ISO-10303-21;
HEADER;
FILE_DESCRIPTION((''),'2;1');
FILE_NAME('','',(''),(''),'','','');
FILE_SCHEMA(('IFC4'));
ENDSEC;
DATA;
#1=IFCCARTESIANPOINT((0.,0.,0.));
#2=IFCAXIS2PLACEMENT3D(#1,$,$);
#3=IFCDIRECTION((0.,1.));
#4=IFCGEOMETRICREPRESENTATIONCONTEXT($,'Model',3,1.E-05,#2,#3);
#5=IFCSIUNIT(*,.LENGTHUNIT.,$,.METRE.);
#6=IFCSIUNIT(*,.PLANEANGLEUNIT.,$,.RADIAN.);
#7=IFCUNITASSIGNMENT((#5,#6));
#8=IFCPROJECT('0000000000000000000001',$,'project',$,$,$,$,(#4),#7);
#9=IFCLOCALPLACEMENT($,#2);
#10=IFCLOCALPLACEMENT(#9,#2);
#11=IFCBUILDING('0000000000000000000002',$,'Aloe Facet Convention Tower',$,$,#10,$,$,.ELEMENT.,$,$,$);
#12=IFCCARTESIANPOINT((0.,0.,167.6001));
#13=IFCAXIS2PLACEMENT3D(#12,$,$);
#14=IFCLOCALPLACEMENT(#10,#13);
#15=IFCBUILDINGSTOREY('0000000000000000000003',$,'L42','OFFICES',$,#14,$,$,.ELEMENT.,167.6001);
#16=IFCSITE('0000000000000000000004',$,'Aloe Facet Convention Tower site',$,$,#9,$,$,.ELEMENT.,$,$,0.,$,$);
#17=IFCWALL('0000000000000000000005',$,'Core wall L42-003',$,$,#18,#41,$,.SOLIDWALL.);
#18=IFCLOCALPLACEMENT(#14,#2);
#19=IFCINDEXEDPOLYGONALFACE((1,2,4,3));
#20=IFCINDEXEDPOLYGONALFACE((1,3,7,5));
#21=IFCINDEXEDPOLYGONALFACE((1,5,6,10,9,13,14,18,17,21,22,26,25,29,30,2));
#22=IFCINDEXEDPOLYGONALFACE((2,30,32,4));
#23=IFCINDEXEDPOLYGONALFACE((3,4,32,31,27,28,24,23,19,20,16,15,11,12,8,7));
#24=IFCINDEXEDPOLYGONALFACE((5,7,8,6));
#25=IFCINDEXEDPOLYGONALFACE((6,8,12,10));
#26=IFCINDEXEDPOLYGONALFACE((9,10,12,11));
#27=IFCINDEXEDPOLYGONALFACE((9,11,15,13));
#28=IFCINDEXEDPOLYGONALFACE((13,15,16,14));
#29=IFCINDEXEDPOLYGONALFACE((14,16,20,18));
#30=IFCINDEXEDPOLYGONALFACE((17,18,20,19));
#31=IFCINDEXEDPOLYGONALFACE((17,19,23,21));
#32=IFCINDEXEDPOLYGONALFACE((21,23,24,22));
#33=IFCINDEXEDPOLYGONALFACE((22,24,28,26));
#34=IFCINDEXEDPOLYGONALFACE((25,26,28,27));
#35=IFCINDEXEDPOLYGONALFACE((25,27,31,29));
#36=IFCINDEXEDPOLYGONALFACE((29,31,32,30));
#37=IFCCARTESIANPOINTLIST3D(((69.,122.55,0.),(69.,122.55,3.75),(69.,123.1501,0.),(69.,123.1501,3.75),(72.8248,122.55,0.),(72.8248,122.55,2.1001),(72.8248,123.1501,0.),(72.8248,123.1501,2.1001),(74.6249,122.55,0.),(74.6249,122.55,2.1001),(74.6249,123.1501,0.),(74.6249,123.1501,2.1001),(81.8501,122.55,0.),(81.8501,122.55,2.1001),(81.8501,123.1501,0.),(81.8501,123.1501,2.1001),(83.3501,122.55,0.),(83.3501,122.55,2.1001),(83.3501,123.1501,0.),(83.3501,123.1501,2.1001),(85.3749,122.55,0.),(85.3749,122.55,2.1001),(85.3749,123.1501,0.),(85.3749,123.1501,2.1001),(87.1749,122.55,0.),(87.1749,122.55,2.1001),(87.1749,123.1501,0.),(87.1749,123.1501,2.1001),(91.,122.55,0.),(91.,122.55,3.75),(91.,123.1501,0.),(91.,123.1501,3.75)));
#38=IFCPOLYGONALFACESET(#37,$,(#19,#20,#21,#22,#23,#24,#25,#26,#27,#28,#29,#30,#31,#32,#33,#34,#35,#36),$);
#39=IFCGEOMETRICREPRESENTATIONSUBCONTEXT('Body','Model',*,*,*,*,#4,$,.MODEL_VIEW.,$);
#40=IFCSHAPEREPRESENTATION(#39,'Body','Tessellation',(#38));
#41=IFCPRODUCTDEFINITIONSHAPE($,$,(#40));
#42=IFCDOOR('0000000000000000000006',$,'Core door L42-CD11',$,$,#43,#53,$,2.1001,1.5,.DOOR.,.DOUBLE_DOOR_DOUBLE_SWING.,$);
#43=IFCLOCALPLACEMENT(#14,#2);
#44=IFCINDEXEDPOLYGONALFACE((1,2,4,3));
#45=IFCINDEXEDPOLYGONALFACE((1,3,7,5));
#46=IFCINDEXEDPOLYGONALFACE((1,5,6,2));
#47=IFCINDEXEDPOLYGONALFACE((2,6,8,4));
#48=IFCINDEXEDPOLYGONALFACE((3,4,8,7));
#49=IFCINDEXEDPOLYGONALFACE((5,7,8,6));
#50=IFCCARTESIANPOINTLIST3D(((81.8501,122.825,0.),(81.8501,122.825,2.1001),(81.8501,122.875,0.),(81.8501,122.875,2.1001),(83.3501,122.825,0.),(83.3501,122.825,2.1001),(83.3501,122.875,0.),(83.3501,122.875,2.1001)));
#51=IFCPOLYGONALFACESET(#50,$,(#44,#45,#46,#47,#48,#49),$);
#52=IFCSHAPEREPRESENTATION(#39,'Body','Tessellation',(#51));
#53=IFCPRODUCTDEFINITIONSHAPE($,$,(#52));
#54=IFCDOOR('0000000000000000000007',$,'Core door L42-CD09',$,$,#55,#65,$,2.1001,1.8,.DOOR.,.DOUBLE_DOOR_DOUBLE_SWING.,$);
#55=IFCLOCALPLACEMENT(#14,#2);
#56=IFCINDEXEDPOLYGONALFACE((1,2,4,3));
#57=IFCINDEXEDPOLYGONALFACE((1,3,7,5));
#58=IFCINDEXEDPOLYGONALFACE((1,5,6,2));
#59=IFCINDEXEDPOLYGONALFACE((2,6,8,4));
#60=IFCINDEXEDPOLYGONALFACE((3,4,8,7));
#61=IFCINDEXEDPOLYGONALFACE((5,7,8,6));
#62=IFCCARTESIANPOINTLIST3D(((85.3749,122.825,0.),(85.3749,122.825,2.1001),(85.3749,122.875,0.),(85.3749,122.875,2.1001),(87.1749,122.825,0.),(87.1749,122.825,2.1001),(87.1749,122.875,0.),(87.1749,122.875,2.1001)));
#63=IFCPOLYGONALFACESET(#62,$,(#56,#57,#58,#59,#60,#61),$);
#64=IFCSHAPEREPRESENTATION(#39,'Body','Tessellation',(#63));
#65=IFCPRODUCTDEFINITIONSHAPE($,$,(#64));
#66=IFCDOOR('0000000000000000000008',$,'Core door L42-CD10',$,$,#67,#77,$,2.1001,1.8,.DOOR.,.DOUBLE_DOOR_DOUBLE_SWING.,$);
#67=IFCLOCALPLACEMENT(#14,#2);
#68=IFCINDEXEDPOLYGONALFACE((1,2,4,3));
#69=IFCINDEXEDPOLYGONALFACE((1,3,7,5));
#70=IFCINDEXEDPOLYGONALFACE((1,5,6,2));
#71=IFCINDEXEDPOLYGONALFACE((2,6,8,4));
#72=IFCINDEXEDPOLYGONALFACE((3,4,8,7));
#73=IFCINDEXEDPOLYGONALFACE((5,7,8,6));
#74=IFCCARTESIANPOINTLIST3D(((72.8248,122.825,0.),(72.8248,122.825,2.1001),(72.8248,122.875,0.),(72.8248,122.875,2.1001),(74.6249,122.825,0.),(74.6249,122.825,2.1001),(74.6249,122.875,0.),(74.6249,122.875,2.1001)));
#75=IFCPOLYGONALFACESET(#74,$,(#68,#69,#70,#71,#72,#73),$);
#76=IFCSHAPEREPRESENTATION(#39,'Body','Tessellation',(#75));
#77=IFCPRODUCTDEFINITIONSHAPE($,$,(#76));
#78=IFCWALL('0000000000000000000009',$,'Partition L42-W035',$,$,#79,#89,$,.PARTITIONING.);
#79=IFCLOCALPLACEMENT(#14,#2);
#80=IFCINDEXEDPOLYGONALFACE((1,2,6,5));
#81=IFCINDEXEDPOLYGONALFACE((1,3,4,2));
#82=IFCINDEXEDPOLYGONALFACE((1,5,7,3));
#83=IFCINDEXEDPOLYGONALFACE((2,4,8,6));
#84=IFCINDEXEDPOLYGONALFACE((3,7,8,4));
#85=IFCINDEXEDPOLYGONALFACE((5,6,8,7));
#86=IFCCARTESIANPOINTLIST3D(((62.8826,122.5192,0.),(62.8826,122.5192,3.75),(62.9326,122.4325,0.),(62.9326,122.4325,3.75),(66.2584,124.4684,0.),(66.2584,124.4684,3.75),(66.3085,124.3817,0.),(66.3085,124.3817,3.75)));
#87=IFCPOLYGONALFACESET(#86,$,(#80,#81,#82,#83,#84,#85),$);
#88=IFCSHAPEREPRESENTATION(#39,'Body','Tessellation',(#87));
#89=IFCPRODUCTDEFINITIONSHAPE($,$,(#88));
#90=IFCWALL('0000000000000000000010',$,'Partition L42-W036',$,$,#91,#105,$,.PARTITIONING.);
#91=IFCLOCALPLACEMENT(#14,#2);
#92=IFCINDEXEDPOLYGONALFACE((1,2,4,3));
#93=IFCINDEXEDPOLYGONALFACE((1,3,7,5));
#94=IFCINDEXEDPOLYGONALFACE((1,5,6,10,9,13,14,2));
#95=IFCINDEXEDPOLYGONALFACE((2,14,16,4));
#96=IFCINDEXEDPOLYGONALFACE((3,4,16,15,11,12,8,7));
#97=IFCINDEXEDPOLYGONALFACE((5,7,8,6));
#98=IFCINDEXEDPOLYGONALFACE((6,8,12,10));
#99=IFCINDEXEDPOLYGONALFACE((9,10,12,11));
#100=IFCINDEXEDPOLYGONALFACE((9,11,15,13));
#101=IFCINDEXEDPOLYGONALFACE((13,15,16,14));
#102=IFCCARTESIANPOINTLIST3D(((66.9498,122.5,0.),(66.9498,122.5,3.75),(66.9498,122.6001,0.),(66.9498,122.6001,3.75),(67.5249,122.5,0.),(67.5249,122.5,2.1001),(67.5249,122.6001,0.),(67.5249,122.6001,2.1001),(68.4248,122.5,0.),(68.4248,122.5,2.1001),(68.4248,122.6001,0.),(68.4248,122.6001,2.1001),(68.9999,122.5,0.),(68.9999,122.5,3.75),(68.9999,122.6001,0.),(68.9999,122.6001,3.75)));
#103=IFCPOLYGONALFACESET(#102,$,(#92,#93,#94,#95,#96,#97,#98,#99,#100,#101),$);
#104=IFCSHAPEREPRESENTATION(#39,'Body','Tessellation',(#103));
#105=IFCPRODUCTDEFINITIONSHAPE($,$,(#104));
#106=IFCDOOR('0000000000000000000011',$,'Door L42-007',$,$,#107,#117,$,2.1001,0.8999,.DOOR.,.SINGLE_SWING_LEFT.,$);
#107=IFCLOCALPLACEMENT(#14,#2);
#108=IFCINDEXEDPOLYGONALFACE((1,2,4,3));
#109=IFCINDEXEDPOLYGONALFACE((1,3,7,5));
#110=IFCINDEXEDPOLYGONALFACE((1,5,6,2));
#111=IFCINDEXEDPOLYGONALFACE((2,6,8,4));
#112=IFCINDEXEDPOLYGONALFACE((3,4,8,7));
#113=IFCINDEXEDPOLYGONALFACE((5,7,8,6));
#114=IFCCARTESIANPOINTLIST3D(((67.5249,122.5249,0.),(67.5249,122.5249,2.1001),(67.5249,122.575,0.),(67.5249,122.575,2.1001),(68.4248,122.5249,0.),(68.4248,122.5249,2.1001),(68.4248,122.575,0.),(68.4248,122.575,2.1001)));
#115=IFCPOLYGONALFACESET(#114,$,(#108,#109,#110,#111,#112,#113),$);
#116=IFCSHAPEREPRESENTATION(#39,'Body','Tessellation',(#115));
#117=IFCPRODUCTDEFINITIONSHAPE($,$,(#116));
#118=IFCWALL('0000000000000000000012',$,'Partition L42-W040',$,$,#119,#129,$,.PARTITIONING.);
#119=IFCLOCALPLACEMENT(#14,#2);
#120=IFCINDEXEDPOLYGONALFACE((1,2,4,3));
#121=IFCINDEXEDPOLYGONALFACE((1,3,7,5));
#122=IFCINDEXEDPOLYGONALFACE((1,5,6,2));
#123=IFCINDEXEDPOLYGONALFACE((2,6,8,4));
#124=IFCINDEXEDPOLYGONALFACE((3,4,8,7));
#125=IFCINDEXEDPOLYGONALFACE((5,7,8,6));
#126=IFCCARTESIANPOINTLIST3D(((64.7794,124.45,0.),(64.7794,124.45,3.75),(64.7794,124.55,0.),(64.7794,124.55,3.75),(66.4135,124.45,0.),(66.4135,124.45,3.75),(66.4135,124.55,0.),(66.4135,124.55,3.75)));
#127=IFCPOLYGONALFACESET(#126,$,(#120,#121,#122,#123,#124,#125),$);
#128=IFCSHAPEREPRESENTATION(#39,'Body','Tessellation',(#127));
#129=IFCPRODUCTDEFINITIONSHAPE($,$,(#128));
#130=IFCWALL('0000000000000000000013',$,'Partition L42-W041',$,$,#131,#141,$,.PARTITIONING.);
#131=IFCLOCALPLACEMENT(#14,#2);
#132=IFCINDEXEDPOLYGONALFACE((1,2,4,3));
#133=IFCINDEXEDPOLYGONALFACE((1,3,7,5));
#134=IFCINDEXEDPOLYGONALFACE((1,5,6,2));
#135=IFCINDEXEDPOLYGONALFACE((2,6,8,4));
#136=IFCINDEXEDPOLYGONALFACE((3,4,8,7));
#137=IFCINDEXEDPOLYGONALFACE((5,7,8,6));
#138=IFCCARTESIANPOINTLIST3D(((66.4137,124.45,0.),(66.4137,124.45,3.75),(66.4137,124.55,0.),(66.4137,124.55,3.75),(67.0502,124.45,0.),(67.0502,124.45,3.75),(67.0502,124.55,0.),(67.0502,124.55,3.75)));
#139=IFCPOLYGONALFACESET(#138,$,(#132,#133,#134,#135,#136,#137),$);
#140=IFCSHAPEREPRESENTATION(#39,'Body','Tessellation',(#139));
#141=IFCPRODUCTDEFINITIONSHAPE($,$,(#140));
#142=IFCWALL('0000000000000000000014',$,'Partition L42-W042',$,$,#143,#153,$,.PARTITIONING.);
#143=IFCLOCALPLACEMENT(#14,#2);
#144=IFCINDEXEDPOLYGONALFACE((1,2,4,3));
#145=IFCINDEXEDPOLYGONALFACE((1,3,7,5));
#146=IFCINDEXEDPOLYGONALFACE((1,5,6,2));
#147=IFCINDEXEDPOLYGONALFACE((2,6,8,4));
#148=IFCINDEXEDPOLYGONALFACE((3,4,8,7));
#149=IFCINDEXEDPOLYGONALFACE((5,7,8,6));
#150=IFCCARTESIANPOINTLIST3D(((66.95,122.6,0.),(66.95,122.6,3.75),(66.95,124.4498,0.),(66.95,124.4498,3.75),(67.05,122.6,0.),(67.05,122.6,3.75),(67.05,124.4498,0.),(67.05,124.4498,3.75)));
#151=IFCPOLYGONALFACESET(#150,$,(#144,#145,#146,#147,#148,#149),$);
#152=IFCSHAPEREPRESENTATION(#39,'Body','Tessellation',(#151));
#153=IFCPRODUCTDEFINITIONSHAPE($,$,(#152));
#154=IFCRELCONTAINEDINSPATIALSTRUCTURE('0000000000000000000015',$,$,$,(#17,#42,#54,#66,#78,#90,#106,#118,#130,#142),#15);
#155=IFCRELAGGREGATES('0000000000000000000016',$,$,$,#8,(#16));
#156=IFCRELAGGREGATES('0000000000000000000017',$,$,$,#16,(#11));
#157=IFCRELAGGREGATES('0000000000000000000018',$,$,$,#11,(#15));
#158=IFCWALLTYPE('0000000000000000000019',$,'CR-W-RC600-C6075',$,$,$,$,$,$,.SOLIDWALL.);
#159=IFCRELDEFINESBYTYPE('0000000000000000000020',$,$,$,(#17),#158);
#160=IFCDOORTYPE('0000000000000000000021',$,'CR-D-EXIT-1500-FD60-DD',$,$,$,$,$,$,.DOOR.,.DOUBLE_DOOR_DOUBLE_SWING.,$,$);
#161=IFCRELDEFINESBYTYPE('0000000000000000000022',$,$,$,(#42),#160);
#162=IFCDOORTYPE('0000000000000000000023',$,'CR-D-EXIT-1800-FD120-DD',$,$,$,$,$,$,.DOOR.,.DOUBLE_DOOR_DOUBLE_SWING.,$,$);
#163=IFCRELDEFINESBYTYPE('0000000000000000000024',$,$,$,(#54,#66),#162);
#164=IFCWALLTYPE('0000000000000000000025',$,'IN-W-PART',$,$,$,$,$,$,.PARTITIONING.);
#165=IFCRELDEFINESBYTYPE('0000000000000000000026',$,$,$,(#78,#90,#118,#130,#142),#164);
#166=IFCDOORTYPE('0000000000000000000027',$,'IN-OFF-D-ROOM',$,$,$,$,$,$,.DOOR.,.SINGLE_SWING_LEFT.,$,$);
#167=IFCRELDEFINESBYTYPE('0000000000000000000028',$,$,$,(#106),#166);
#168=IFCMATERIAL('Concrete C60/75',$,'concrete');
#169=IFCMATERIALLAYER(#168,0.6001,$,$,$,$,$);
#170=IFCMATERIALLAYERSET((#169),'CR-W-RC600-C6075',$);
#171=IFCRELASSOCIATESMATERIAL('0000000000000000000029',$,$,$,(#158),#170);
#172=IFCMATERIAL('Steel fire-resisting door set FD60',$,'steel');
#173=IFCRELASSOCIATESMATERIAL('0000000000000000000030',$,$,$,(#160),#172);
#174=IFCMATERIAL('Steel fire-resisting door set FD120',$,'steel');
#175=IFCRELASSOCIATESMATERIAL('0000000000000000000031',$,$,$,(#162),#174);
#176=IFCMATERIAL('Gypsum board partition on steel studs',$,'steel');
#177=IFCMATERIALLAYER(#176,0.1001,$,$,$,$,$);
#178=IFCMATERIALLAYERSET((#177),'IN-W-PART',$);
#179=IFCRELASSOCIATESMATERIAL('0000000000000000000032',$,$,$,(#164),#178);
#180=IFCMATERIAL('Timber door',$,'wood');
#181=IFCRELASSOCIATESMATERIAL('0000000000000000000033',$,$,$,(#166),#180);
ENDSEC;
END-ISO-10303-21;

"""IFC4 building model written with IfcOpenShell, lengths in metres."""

from ifc_helpers import new_model, si_unit, direction, frame, frame_2d, origin, place, context, subcontext, project, spatial, rectangle, extrude, material, layer, layer_set, type_object, element, fill, save


model = new_model("IFC4")

# Units and contexts
model_context = context("Model", 3, precision=1e-05, world=origin(), true_north=direction((0.0, 1.0)))
body_context = subcontext(model_context, "Body", "Model", "MODEL_VIEW")
ifc_project = project(units=[si_unit("LENGTHUNIT", "METRE"), si_unit("PLANEANGLEUNIT", "RADIAN")], contexts=[model_context])

# Site, building, storey
site_placement = place(None, origin())
site = spatial("IfcSite", under=ifc_project, at=site_placement, Name="Aloe Facet Convention Tower site", CompositionType="ELEMENT", RefElevation=0.0)
building_placement = place(site_placement, origin())
building = spatial("IfcBuilding", under=site, at=building_placement, Name="Aloe Facet Convention Tower", CompositionType="ELEMENT")
storey_placement = place(building_placement, frame((0.0, 0.0, 167.6001)))
storey = spatial("IfcBuildingStorey", under=building, at=storey_placement, Name="L42", Description="OFFICES", CompositionType="ELEMENT", Elevation=167.6001)

# Wall, openings, doors
ifc_material_1 = material(Name="Concrete C60/75", Category="concrete")
ifc_layer_1 = layer(ifc_material_1, 0.6001)
ifc_layer_set_1 = layer_set([ifc_layer_1], Name="CR-W-RC600-C6075")
wall_type_1 = type_object("IfcWallType", Name="CR-W-RC600-C6075", PredefinedType="SOLIDWALL", material=ifc_layer_set_1)
wall_1_placement = place(storey_placement, frame((69.0, 122.8501, 0.0), z_axis=(0.0, 0.0, 1.0), x_axis=(1.0, 0.0, 0.0)))
wall_1 = element("IfcWall", 1, at=wall_1_placement, inside=storey, type_object=wall_type_1, Name="Core wall L42-003", PredefinedType="SOLIDWALL", context=body_context, shape_type="SweptSolid", body=[
    extrude(rectangle(XDim=22.0, YDim=0.6001, at=frame_2d((11.0, 0.0))), origin(), (0.0, 0.0, 1.0), 3.75),
])
opening_1_placement = place(wall_1_placement, frame((16.375, 0.0, 0.0)))
opening_1 = element("IfcOpeningElement", 2, at=opening_1_placement, cuts=wall_1, PredefinedType="OPENING", context=body_context, shape_type="SweptSolid", body=[
    extrude(rectangle(XDim=1.8, YDim=2.1001, at=frame_2d((0.8999, 1.05))), frame((0.0, 0.3101, 0.0), z_axis=(0.0, -1.0, 0.0), x_axis=(1.0, 0.0, 0.0)), (0.0, 0.0, 1.0), 0.6201),
])
opening_2_placement = place(wall_1_placement, frame((3.825, 0.0, 0.0)))
opening_2 = element("IfcOpeningElement", 3, at=opening_2_placement, cuts=wall_1, PredefinedType="OPENING", context=body_context, shape_type="SweptSolid", body=[
    extrude(rectangle(XDim=1.8, YDim=2.1001, at=frame_2d((0.8999, 1.05))), frame((0.0, 0.3101, 0.0), z_axis=(0.0, -1.0, 0.0), x_axis=(1.0, 0.0, 0.0)), (0.0, 0.0, 1.0), 0.6201),
])
opening_3_placement = place(wall_1_placement, frame((12.8501, 0.0, 0.0)))
opening_3 = element("IfcOpeningElement", 4, at=opening_3_placement, cuts=wall_1, PredefinedType="OPENING", context=body_context, shape_type="SweptSolid", body=[
    extrude(rectangle(XDim=1.5, YDim=2.1001, at=frame_2d((0.75, 1.05))), frame((0.0, 0.3101, 0.0), z_axis=(0.0, -1.0, 0.0), x_axis=(1.0, 0.0, 0.0)), (0.0, 0.0, 1.0), 0.6201),
])
ifc_material_2 = material(Name="Steel fire-resisting door set FD60", Category="steel")
door_type_1 = type_object("IfcDoorType", Name="CR-D-EXIT-1500-FD60-DD", OperationType="DOUBLE_DOOR_DOUBLE_SWING", PredefinedType="DOOR", material=ifc_material_2)
door_1_placement = place(opening_3_placement, origin())
door_1 = element("IfcDoor", 5, at=door_1_placement, inside=storey, type_object=door_type_1, Name="Core door L42-CD11", OperationType="DOUBLE_DOOR_DOUBLE_SWING", OverallHeight=2.1001, OverallWidth=1.5, PredefinedType="DOOR", context=body_context, shape_type="SweptSolid", body=[
    extrude(rectangle(XDim=1.5, YDim=2.1001, at=frame_2d((0.75, 1.05))), frame((0.0, 0.0249, 0.0), z_axis=(0.0, -1.0, 0.0), x_axis=(1.0, 0.0, 0.0)), (0.0, 0.0, 1.0), 0.05),
])
fill(opening_3, door_1)
ifc_material_3 = material(Name="Steel fire-resisting door set FD120", Category="steel")
door_type_2 = type_object("IfcDoorType", Name="CR-D-EXIT-1800-FD120-DD", OperationType="DOUBLE_DOOR_DOUBLE_SWING", PredefinedType="DOOR", material=ifc_material_3)
door_2_placement = place(opening_1_placement, origin())
door_2 = element("IfcDoor", 6, at=door_2_placement, inside=storey, type_object=door_type_2, Name="Core door L42-CD09", OperationType="DOUBLE_DOOR_DOUBLE_SWING", OverallHeight=2.1001, OverallWidth=1.8, PredefinedType="DOOR", context=body_context, shape_type="SweptSolid", body=[
    extrude(rectangle(XDim=1.8, YDim=2.1001, at=frame_2d((0.8999, 1.05))), frame((0.0, 0.0249, 0.0), z_axis=(0.0, -1.0, 0.0), x_axis=(1.0, 0.0, 0.0)), (0.0, 0.0, 1.0), 0.05),
])
fill(opening_1, door_2)
door_3_placement = place(opening_2_placement, origin())
door_3 = element("IfcDoor", 7, at=door_3_placement, inside=storey, type_object=door_type_2, Name="Core door L42-CD10", OperationType="DOUBLE_DOOR_DOUBLE_SWING", OverallHeight=2.1001, OverallWidth=1.8, PredefinedType="DOOR", context=body_context, shape_type="SweptSolid", body=[
    extrude(rectangle(XDim=1.8, YDim=2.1001, at=frame_2d((0.8999, 1.05))), frame((0.0, 0.0249, 0.0), z_axis=(0.0, -1.0, 0.0), x_axis=(1.0, 0.0, 0.0)), (0.0, 0.0, 1.0), 0.05),
])
fill(opening_2, door_3)

# Wall
ifc_material_4 = material(Name="Gypsum board partition on steel studs", Category="steel")
ifc_layer_2 = layer(ifc_material_4, 0.1001)
ifc_layer_set_2 = layer_set([ifc_layer_2], Name="IN-W-PART")
wall_type_2 = type_object("IfcWallType", Name="IN-W-PART", PredefinedType="PARTITIONING", material=ifc_layer_set_2)
wall_2_placement = place(storey_placement, frame((62.9075, 122.4758, 0.0), z_axis=(0.0, 0.0, 1.0), x_axis=(0.866015, 0.500019, 0.0)))
element("IfcWall", 8, at=wall_2_placement, inside=storey, type_object=wall_type_2, Name="Partition L42-W035", PredefinedType="PARTITIONING", context=body_context, shape_type="SweptSolid", body=[
    extrude(rectangle(XDim=3.8982, YDim=0.1001, at=frame_2d((1.9492, 0.0))), origin(), (0.0, 0.0, 1.0), 3.75),
])

# Wall, opening, door
wall_3_placement = place(storey_placement, frame((66.95, 122.55, 0.0), z_axis=(0.0, 0.0, 1.0), x_axis=(1.0, 0.0, 0.0)))
wall_3 = element("IfcWall", 9, at=wall_3_placement, inside=storey, type_object=wall_type_2, Name="Partition L42-W036", PredefinedType="PARTITIONING", context=body_context, shape_type="SweptSolid", body=[
    extrude(rectangle(XDim=2.05, YDim=0.1001, at=frame_2d((1.0249, 0.0))), origin(), (0.0, 0.0, 1.0), 3.75),
])
opening_4_placement = place(wall_3_placement, frame((0.575, 0.0, 0.0)))
opening_4 = element("IfcOpeningElement", 10, at=opening_4_placement, cuts=wall_3, PredefinedType="OPENING", context=body_context, shape_type="SweptSolid", body=[
    extrude(rectangle(XDim=0.8999, YDim=2.1001, at=frame_2d((0.45, 1.05))), frame((0.0, 0.0601, 0.0), z_axis=(0.0, -1.0, 0.0), x_axis=(1.0, 0.0, 0.0)), (0.0, 0.0, 1.0), 0.1201),
])
ifc_material_5 = material(Name="Timber door", Category="wood")
door_type_3 = type_object("IfcDoorType", Name="IN-OFF-D-ROOM", OperationType="SINGLE_SWING_LEFT", PredefinedType="DOOR", material=ifc_material_5)
door_4_placement = place(opening_4_placement, origin())
door_4 = element("IfcDoor", 11, at=door_4_placement, inside=storey, type_object=door_type_3, Name="Door L42-007", OperationType="SINGLE_SWING_LEFT", OverallHeight=2.1001, OverallWidth=0.8999, PredefinedType="DOOR", context=body_context, shape_type="SweptSolid", body=[
    extrude(rectangle(XDim=0.8999, YDim=2.1001, at=frame_2d((0.45, 1.05))), frame((0.0, 0.0249, 0.0), z_axis=(0.0, -1.0, 0.0), x_axis=(1.0, 0.0, 0.0)), (0.0, 0.0, 1.0), 0.05),
])
fill(opening_4, door_4)

# Walls
wall_4_placement = place(storey_placement, frame((64.7795, 124.5, 0.0), z_axis=(0.0, 0.0, 1.0), x_axis=(1.0, 0.0, 0.0)))
element("IfcWall", 12, at=wall_4_placement, inside=storey, type_object=wall_type_2, Name="Partition L42-W040", PredefinedType="PARTITIONING", context=body_context, shape_type="SweptSolid", body=[
    extrude(rectangle(XDim=1.634, YDim=0.1001, at=frame_2d((0.8169, 0.0))), origin(), (0.0, 0.0, 1.0), 3.75),
])
wall_5_placement = place(storey_placement, frame((66.4136, 124.5, 0.0), z_axis=(0.0, 0.0, 1.0), x_axis=(1.0, 0.0, 0.0)))
element("IfcWall", 13, at=wall_5_placement, inside=storey, type_object=wall_type_2, Name="Partition L42-W041", PredefinedType="PARTITIONING", context=body_context, shape_type="SweptSolid", body=[
    extrude(rectangle(XDim=0.6365, YDim=0.1001, at=frame_2d((0.3184, 0.0))), origin(), (0.0, 0.0, 1.0), 3.75),
])
wall_6_placement = place(storey_placement, frame((67.0, 122.6001, 0.0), z_axis=(0.0, 0.0, 1.0), x_axis=(0.0, 1.0, 0.0)))
element("IfcWall", 14, at=wall_6_placement, inside=storey, type_object=wall_type_2, Name="Partition L42-W042", PredefinedType="PARTITIONING", context=body_context, shape_type="SweptSolid", body=[
    extrude(rectangle(XDim=1.8499, YDim=0.1001, at=frame_2d((0.9248, 0.0))), origin(), (0.0, 0.0, 1.0), 3.75),
])

save(model, "model.ifc")
